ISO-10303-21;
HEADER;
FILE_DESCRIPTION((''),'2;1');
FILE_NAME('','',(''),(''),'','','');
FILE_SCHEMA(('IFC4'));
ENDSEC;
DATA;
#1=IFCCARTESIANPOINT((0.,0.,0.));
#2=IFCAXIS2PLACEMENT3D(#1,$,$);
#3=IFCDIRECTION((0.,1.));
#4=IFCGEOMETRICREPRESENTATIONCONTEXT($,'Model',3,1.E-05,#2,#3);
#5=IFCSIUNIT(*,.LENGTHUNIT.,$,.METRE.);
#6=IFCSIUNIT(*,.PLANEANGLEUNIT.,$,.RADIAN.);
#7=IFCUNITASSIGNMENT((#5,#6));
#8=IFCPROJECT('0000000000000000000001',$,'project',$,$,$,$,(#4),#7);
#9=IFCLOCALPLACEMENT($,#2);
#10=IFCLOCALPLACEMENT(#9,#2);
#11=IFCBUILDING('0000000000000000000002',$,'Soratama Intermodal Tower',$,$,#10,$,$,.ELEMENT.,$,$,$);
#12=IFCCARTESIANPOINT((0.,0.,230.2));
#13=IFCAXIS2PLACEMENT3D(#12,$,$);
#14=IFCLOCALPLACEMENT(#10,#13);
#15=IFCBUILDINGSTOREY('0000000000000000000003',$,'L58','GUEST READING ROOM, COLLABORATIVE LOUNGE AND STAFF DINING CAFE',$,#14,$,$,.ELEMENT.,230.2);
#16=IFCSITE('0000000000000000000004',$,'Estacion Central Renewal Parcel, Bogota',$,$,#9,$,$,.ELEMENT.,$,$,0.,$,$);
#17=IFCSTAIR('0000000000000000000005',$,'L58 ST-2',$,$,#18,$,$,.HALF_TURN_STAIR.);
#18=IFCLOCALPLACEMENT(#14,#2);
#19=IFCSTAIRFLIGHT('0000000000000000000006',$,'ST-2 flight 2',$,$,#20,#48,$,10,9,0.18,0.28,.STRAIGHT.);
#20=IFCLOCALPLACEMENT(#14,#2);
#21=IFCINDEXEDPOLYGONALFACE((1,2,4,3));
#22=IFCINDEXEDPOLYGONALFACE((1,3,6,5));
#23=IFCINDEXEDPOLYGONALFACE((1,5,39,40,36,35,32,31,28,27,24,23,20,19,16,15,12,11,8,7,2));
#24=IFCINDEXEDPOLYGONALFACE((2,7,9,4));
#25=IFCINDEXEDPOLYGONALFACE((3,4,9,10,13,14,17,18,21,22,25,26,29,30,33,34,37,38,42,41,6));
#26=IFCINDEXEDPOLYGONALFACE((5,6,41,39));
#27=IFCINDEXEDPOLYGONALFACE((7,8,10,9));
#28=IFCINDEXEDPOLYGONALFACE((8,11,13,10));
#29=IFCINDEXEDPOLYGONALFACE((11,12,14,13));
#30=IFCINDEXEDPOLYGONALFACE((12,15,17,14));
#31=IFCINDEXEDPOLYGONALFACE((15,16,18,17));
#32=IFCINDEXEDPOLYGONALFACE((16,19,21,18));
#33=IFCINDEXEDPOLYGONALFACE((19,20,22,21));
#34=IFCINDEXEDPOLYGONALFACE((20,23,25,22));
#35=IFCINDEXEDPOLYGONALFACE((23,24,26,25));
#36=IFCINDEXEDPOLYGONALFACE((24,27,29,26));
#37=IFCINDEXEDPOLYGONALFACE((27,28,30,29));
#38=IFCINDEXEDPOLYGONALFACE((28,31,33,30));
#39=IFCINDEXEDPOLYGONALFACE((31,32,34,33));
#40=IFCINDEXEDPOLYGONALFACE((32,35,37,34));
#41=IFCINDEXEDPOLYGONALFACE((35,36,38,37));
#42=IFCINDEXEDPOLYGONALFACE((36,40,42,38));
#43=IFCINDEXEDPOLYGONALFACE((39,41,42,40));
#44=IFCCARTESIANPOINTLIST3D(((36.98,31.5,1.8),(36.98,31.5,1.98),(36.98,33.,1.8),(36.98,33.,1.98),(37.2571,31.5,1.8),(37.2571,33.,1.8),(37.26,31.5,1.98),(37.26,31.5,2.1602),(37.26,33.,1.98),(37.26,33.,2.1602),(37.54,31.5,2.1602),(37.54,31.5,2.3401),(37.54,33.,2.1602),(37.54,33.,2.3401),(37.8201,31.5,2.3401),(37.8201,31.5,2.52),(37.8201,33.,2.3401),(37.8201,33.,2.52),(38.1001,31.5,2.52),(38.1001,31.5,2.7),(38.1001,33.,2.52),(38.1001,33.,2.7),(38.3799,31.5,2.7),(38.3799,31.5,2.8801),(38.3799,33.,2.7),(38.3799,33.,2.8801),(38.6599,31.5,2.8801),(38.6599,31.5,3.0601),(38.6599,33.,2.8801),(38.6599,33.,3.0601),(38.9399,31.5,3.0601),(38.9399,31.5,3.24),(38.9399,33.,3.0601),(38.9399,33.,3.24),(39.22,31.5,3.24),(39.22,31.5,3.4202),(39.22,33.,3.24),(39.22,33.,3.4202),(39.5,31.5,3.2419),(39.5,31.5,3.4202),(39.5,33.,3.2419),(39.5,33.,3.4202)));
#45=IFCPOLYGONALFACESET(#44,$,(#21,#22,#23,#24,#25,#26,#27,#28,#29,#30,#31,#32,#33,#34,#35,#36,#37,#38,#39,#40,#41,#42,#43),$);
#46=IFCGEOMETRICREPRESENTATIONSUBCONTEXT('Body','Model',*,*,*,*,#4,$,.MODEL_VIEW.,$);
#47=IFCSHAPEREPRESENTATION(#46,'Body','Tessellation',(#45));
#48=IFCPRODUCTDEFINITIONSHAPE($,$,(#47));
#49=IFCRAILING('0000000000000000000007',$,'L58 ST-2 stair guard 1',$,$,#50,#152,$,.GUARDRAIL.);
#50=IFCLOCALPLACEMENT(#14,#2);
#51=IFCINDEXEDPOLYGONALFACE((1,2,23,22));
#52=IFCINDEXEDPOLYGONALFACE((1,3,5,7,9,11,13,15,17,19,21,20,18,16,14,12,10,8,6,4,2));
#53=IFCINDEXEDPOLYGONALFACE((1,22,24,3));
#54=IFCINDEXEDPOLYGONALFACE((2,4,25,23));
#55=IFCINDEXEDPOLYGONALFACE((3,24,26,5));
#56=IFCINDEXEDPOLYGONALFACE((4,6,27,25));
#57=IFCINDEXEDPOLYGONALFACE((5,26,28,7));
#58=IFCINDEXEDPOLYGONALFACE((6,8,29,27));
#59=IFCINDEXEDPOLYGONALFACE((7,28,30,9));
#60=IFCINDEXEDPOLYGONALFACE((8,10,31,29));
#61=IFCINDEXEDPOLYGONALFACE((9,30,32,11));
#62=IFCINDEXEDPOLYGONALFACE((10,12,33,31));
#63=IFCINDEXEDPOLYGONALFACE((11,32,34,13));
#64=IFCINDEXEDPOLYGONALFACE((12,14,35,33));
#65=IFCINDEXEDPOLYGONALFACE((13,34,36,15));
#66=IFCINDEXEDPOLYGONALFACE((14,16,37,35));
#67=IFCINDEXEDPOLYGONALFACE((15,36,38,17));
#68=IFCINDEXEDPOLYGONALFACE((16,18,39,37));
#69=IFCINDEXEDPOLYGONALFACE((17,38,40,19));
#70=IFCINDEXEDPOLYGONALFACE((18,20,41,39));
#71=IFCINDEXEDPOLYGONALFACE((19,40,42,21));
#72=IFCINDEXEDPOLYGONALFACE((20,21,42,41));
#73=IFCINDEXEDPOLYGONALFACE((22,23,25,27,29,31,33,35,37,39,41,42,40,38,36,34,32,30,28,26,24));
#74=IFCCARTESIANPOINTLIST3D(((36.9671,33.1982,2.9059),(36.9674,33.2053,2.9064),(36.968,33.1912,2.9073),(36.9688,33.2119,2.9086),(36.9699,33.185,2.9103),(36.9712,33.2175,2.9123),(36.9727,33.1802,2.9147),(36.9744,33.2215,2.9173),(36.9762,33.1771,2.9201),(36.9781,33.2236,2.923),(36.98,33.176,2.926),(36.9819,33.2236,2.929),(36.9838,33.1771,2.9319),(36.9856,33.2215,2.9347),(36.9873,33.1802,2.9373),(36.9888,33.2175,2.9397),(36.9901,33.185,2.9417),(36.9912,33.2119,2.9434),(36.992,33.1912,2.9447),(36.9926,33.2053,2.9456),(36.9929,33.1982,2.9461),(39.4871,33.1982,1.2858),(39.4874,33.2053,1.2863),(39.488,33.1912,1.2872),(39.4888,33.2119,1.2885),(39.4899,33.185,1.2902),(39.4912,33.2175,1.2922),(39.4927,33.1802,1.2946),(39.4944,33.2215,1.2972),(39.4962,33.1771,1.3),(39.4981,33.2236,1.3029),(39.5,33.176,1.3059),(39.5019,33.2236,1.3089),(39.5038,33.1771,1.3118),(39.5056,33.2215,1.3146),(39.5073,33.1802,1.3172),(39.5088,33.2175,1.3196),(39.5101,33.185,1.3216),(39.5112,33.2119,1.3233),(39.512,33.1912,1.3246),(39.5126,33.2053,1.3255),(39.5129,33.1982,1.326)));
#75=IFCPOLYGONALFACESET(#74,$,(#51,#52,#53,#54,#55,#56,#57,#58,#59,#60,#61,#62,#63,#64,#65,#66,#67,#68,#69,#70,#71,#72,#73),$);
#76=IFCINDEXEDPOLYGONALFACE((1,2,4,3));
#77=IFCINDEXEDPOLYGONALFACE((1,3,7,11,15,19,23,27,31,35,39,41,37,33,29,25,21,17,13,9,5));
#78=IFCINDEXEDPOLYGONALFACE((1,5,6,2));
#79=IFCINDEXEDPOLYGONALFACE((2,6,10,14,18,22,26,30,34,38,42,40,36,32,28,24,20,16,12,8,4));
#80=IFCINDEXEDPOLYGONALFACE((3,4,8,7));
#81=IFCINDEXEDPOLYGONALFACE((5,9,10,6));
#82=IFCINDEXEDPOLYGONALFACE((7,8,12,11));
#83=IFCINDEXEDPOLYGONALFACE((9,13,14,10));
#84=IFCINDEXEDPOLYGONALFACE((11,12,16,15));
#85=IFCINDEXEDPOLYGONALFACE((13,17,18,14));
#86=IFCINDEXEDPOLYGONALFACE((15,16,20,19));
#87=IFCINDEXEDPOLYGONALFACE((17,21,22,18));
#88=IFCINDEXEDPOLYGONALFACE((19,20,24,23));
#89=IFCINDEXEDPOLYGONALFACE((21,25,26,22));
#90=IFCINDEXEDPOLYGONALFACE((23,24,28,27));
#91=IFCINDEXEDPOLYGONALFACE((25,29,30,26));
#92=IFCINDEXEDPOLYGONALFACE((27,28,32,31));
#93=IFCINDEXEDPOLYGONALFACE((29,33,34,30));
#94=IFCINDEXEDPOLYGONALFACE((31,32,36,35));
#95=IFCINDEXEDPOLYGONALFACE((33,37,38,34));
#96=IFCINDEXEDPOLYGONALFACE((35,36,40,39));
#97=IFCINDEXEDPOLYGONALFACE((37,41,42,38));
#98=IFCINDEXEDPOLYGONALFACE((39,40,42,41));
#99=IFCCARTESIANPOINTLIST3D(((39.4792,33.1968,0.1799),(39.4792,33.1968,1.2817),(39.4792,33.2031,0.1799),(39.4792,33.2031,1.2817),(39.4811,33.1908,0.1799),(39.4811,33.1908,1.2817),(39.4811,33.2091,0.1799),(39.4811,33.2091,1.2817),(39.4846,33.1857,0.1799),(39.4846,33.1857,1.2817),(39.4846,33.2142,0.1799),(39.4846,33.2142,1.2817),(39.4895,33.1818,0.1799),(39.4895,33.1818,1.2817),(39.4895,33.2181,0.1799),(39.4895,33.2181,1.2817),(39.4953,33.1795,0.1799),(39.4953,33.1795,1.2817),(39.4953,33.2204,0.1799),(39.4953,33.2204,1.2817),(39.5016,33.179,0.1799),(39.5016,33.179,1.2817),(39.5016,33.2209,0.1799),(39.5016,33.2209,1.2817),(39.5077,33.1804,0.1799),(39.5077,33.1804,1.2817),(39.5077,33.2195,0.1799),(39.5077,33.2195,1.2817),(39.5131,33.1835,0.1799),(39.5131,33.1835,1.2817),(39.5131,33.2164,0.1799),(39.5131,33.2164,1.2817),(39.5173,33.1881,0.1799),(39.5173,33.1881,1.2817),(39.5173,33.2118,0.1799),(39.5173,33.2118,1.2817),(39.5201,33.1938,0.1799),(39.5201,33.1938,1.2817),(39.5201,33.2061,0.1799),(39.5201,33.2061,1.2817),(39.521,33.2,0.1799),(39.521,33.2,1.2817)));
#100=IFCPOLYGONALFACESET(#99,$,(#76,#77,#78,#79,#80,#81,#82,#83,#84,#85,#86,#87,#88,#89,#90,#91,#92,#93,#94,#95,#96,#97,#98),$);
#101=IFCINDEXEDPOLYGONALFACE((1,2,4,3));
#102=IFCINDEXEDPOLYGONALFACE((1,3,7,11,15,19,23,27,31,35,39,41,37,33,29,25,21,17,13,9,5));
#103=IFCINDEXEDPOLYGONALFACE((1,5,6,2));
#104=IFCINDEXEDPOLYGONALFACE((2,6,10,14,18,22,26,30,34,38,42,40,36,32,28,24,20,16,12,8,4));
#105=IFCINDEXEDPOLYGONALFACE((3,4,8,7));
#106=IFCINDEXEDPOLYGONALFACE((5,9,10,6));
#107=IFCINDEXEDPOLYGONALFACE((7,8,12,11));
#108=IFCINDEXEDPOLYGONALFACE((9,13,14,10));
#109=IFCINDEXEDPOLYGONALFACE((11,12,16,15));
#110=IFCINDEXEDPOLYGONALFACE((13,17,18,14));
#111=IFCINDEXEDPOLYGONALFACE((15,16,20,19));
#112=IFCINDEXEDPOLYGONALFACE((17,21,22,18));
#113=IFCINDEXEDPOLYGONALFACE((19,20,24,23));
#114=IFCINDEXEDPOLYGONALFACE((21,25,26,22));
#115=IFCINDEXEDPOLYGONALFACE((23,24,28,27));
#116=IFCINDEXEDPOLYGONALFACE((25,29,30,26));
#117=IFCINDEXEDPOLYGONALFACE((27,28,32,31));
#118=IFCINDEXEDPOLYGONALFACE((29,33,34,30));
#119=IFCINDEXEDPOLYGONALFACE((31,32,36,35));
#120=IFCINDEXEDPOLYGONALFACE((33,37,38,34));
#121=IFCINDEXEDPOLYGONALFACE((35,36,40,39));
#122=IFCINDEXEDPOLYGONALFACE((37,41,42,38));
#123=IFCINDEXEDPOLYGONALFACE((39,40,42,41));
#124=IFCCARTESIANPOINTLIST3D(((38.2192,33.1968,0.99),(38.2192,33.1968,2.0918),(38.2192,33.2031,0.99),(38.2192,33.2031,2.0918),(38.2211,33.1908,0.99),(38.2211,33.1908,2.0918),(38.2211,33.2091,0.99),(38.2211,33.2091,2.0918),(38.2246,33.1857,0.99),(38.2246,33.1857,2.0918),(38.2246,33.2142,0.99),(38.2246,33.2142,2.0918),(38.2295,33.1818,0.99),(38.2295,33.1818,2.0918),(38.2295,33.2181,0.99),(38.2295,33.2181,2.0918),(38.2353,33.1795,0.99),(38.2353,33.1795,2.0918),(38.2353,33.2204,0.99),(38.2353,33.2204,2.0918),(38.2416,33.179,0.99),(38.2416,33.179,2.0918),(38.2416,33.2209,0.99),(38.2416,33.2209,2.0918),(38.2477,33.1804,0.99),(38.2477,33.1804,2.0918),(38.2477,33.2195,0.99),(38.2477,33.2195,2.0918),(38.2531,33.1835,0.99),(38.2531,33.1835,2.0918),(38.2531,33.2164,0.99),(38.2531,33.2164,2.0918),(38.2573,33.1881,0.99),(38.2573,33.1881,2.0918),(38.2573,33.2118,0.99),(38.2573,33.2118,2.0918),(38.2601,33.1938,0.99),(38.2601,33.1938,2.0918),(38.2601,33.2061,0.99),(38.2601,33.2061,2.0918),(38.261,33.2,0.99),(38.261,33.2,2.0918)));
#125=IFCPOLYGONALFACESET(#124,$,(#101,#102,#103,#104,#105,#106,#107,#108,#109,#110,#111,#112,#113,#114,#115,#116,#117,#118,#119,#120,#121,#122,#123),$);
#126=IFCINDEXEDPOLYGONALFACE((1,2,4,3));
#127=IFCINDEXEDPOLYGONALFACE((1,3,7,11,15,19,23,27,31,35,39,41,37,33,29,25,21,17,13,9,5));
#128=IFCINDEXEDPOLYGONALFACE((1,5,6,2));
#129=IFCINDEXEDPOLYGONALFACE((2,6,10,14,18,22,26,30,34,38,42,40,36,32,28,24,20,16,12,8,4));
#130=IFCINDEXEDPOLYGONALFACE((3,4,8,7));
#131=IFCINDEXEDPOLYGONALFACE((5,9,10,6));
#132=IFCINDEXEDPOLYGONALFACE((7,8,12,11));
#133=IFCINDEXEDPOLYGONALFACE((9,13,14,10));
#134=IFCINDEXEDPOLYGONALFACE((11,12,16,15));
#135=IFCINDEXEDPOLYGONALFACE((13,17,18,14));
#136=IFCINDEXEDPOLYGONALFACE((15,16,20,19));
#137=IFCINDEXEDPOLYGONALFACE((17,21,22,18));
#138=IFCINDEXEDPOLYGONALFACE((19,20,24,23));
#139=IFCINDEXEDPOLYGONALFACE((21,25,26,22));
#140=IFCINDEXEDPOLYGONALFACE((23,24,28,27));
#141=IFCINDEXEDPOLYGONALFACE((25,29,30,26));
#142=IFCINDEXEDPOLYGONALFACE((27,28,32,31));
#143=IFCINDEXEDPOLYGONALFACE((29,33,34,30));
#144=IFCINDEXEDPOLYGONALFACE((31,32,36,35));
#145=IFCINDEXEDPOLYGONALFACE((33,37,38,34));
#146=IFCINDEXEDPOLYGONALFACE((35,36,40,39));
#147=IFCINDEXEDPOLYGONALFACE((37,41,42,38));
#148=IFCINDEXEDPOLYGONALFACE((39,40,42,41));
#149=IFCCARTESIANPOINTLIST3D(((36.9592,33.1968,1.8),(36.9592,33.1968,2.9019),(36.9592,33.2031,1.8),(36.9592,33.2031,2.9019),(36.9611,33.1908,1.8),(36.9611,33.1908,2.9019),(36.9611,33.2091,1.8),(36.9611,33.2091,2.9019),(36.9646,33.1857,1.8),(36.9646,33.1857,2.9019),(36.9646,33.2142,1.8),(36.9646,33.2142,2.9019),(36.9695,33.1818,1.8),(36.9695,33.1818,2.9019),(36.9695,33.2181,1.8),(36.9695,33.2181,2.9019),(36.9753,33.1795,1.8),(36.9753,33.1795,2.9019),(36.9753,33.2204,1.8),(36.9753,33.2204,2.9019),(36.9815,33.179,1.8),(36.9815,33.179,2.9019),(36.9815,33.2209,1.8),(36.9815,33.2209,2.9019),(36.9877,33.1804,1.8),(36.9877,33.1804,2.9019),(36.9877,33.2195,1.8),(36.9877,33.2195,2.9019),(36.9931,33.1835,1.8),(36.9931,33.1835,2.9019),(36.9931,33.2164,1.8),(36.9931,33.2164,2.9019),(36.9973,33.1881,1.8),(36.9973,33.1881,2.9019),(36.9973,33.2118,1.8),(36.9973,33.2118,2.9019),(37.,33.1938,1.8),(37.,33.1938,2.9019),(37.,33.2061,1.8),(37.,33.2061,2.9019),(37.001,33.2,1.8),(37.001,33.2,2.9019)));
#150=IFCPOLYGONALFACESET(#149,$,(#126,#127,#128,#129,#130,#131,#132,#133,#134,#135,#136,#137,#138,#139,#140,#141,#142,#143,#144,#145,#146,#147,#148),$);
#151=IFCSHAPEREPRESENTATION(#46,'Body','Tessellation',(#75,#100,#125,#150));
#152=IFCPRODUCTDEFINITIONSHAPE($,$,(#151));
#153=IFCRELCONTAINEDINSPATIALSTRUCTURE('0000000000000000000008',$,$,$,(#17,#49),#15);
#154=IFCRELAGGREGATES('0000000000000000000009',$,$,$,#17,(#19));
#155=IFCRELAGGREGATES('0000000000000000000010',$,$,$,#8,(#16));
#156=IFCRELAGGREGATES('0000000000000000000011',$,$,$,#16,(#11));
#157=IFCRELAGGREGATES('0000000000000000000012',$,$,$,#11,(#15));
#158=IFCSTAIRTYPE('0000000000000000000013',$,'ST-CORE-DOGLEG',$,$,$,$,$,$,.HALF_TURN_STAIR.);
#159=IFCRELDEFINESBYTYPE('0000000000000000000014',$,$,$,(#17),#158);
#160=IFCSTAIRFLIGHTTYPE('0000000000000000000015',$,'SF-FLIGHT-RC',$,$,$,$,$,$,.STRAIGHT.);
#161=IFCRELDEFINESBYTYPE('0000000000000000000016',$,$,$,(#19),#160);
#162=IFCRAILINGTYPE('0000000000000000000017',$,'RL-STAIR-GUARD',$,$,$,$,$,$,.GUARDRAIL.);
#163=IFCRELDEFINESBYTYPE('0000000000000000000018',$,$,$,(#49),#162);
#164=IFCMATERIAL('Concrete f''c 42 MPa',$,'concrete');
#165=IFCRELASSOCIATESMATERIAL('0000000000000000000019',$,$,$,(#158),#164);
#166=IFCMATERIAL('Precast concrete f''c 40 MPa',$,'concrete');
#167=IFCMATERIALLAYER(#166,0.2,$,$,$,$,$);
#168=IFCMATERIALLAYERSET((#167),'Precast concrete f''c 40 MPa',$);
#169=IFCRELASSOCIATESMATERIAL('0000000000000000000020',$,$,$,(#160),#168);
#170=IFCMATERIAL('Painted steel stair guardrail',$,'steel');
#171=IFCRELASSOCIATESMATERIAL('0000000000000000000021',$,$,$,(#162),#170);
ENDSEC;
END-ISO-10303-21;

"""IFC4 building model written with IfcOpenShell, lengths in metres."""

from ifc_helpers import new_model, si_unit, direction, frame, origin, origin_2d, place, context, subcontext, project, spatial, polyline, circle, outline, extrude, material, layer, layer_set, type_object, element, aggregate, save


model = new_model("IFC4")

# Units and contexts
model_context = context("Model", 3, precision=1e-05, world=origin(), true_north=direction((0.0, 1.0)))
body_context = subcontext(model_context, "Body", "Model", "MODEL_VIEW")
ifc_project = project(units=[si_unit("LENGTHUNIT", "METRE"), si_unit("PLANEANGLEUNIT", "RADIAN")], contexts=[model_context])

# Site, building, storey
site_placement = place(None, origin())
site = spatial("IfcSite", under=ifc_project, at=site_placement, Name="Estacion Central Renewal Parcel, Bogota", CompositionType="ELEMENT", RefElevation=0.0)
building_placement = place(site_placement, origin())
building = spatial("IfcBuilding", under=site, at=building_placement, Name="Soratama Intermodal Tower", CompositionType="ELEMENT")
storey_placement = place(building_placement, frame((0.0, 0.0, 230.2)))
storey = spatial("IfcBuildingStorey", under=building, at=storey_placement, Name="L58", Description="GUEST READING ROOM, COLLABORATIVE LOUNGE AND STAFF DINING CAFE", CompositionType="ELEMENT", Elevation=230.2)

# Stair, stair flight
ifc_material_1 = material(Name="Concrete f'c 42 MPa", Category="concrete")
stair_type = type_object("IfcStairType", Name="ST-CORE-DOGLEG", PredefinedType="HALF_TURN_STAIR", material=ifc_material_1)
stair_placement = place(storey_placement, origin())
stair = element("IfcStair", 1, at=stair_placement, inside=storey, type_object=stair_type, Name="L58 ST-2", PredefinedType="HALF_TURN_STAIR")
ifc_material_2 = material(Name="Precast concrete f'c 40 MPa", Category="concrete")
ifc_layer_1 = layer(ifc_material_2, 0.2)
ifc_layer_set_1 = layer_set([ifc_layer_1], Name="Precast concrete f'c 40 MPa")
stair_flight_type = type_object("IfcStairFlightType", Name="SF-FLIGHT-RC", PredefinedType="STRAIGHT", material=ifc_layer_set_1)
stair_flight_1_placement = place(storey_placement, frame((36.98, 32.25, 1.8), z_axis=(0.0, 0.0, 1.0), x_axis=(1.0, 0.0, 0.0)))
stair_flight_1 = element("IfcStairFlight", 2, at=stair_flight_1_placement, type_object=stair_flight_type, Name="ST-2 flight 2", NumberOfRisers=10, NumberOfTreads=9, PredefinedType="STRAIGHT", RiserHeight=0.18, TreadLength=0.28, context=body_context, shape_type="SweptSolid", body=[
    extrude(outline(polyline([(0.0, 0.0), (0.0, 0.1799), (0.28, 0.1799), (0.28, 0.3601), (0.5601, 0.3601), (0.5601, 0.54), (0.8401, 0.54), (0.8401, 0.72), (1.1201, 0.72), (1.1201, 0.8999), (1.3999, 0.8999), (1.3999, 1.0801), (1.6799, 1.0801), (1.6799, 1.26), (1.96, 1.26), (1.96, 1.4399), (2.24, 1.4399), (2.24, 1.6201), (2.52, 1.6201), (2.52, 1.8), (2.52, 1.4419), (0.2771, 0.0), (0.0, 0.0)])), frame((0.0, 0.75, 0.0), z_axis=(0.0, -1.0, 0.0), x_axis=(1.0, 0.0, 0.0)), (0.0, 0.0, 1.0), 1.5),
])
aggregate(stair, [stair_flight_1])

# Railing
ifc_material_3 = material(Name="Painted steel stair guardrail", Category="steel")
railing_type_1 = type_object("IfcRailingType", Name="RL-STAIR-GUARD", PredefinedType="GUARDRAIL", material=ifc_material_3)
railing_1_placement = place(storey_placement, frame((39.5, 33.2, 0.1799)))
element("IfcRailing", 3, at=railing_1_placement, inside=storey, type_object=railing_type_1, Name="L58 ST-2 stair guard 1", PredefinedType="GUARDRAIL", context=body_context, shape_type="SweptSolid", body=[
    extrude(circle(Radius=0.0239, at=origin_2d()), frame((0.0, 0.0, 1.126), z_axis=(-0.841163, 0.0, 0.540782), x_axis=(0.0, -1.0, 0.0)), (0.0, 0.0, 1.0), 2.9958),
    extrude(circle(Radius=0.021, at=origin_2d()), origin(), (0.0, 0.0, 1.0), 1.1018),
    extrude(circle(Radius=0.021, at=origin_2d()), frame((-1.26, 0.0, 0.8101)), (0.0, 0.0, 1.0), 1.1018),
    extrude(circle(Radius=0.021, at=origin_2d()), frame((-2.52, 0.0, 1.6201)), (0.0, 0.0, 1.0), 1.1018),
])

save(model, "model.ifc")
